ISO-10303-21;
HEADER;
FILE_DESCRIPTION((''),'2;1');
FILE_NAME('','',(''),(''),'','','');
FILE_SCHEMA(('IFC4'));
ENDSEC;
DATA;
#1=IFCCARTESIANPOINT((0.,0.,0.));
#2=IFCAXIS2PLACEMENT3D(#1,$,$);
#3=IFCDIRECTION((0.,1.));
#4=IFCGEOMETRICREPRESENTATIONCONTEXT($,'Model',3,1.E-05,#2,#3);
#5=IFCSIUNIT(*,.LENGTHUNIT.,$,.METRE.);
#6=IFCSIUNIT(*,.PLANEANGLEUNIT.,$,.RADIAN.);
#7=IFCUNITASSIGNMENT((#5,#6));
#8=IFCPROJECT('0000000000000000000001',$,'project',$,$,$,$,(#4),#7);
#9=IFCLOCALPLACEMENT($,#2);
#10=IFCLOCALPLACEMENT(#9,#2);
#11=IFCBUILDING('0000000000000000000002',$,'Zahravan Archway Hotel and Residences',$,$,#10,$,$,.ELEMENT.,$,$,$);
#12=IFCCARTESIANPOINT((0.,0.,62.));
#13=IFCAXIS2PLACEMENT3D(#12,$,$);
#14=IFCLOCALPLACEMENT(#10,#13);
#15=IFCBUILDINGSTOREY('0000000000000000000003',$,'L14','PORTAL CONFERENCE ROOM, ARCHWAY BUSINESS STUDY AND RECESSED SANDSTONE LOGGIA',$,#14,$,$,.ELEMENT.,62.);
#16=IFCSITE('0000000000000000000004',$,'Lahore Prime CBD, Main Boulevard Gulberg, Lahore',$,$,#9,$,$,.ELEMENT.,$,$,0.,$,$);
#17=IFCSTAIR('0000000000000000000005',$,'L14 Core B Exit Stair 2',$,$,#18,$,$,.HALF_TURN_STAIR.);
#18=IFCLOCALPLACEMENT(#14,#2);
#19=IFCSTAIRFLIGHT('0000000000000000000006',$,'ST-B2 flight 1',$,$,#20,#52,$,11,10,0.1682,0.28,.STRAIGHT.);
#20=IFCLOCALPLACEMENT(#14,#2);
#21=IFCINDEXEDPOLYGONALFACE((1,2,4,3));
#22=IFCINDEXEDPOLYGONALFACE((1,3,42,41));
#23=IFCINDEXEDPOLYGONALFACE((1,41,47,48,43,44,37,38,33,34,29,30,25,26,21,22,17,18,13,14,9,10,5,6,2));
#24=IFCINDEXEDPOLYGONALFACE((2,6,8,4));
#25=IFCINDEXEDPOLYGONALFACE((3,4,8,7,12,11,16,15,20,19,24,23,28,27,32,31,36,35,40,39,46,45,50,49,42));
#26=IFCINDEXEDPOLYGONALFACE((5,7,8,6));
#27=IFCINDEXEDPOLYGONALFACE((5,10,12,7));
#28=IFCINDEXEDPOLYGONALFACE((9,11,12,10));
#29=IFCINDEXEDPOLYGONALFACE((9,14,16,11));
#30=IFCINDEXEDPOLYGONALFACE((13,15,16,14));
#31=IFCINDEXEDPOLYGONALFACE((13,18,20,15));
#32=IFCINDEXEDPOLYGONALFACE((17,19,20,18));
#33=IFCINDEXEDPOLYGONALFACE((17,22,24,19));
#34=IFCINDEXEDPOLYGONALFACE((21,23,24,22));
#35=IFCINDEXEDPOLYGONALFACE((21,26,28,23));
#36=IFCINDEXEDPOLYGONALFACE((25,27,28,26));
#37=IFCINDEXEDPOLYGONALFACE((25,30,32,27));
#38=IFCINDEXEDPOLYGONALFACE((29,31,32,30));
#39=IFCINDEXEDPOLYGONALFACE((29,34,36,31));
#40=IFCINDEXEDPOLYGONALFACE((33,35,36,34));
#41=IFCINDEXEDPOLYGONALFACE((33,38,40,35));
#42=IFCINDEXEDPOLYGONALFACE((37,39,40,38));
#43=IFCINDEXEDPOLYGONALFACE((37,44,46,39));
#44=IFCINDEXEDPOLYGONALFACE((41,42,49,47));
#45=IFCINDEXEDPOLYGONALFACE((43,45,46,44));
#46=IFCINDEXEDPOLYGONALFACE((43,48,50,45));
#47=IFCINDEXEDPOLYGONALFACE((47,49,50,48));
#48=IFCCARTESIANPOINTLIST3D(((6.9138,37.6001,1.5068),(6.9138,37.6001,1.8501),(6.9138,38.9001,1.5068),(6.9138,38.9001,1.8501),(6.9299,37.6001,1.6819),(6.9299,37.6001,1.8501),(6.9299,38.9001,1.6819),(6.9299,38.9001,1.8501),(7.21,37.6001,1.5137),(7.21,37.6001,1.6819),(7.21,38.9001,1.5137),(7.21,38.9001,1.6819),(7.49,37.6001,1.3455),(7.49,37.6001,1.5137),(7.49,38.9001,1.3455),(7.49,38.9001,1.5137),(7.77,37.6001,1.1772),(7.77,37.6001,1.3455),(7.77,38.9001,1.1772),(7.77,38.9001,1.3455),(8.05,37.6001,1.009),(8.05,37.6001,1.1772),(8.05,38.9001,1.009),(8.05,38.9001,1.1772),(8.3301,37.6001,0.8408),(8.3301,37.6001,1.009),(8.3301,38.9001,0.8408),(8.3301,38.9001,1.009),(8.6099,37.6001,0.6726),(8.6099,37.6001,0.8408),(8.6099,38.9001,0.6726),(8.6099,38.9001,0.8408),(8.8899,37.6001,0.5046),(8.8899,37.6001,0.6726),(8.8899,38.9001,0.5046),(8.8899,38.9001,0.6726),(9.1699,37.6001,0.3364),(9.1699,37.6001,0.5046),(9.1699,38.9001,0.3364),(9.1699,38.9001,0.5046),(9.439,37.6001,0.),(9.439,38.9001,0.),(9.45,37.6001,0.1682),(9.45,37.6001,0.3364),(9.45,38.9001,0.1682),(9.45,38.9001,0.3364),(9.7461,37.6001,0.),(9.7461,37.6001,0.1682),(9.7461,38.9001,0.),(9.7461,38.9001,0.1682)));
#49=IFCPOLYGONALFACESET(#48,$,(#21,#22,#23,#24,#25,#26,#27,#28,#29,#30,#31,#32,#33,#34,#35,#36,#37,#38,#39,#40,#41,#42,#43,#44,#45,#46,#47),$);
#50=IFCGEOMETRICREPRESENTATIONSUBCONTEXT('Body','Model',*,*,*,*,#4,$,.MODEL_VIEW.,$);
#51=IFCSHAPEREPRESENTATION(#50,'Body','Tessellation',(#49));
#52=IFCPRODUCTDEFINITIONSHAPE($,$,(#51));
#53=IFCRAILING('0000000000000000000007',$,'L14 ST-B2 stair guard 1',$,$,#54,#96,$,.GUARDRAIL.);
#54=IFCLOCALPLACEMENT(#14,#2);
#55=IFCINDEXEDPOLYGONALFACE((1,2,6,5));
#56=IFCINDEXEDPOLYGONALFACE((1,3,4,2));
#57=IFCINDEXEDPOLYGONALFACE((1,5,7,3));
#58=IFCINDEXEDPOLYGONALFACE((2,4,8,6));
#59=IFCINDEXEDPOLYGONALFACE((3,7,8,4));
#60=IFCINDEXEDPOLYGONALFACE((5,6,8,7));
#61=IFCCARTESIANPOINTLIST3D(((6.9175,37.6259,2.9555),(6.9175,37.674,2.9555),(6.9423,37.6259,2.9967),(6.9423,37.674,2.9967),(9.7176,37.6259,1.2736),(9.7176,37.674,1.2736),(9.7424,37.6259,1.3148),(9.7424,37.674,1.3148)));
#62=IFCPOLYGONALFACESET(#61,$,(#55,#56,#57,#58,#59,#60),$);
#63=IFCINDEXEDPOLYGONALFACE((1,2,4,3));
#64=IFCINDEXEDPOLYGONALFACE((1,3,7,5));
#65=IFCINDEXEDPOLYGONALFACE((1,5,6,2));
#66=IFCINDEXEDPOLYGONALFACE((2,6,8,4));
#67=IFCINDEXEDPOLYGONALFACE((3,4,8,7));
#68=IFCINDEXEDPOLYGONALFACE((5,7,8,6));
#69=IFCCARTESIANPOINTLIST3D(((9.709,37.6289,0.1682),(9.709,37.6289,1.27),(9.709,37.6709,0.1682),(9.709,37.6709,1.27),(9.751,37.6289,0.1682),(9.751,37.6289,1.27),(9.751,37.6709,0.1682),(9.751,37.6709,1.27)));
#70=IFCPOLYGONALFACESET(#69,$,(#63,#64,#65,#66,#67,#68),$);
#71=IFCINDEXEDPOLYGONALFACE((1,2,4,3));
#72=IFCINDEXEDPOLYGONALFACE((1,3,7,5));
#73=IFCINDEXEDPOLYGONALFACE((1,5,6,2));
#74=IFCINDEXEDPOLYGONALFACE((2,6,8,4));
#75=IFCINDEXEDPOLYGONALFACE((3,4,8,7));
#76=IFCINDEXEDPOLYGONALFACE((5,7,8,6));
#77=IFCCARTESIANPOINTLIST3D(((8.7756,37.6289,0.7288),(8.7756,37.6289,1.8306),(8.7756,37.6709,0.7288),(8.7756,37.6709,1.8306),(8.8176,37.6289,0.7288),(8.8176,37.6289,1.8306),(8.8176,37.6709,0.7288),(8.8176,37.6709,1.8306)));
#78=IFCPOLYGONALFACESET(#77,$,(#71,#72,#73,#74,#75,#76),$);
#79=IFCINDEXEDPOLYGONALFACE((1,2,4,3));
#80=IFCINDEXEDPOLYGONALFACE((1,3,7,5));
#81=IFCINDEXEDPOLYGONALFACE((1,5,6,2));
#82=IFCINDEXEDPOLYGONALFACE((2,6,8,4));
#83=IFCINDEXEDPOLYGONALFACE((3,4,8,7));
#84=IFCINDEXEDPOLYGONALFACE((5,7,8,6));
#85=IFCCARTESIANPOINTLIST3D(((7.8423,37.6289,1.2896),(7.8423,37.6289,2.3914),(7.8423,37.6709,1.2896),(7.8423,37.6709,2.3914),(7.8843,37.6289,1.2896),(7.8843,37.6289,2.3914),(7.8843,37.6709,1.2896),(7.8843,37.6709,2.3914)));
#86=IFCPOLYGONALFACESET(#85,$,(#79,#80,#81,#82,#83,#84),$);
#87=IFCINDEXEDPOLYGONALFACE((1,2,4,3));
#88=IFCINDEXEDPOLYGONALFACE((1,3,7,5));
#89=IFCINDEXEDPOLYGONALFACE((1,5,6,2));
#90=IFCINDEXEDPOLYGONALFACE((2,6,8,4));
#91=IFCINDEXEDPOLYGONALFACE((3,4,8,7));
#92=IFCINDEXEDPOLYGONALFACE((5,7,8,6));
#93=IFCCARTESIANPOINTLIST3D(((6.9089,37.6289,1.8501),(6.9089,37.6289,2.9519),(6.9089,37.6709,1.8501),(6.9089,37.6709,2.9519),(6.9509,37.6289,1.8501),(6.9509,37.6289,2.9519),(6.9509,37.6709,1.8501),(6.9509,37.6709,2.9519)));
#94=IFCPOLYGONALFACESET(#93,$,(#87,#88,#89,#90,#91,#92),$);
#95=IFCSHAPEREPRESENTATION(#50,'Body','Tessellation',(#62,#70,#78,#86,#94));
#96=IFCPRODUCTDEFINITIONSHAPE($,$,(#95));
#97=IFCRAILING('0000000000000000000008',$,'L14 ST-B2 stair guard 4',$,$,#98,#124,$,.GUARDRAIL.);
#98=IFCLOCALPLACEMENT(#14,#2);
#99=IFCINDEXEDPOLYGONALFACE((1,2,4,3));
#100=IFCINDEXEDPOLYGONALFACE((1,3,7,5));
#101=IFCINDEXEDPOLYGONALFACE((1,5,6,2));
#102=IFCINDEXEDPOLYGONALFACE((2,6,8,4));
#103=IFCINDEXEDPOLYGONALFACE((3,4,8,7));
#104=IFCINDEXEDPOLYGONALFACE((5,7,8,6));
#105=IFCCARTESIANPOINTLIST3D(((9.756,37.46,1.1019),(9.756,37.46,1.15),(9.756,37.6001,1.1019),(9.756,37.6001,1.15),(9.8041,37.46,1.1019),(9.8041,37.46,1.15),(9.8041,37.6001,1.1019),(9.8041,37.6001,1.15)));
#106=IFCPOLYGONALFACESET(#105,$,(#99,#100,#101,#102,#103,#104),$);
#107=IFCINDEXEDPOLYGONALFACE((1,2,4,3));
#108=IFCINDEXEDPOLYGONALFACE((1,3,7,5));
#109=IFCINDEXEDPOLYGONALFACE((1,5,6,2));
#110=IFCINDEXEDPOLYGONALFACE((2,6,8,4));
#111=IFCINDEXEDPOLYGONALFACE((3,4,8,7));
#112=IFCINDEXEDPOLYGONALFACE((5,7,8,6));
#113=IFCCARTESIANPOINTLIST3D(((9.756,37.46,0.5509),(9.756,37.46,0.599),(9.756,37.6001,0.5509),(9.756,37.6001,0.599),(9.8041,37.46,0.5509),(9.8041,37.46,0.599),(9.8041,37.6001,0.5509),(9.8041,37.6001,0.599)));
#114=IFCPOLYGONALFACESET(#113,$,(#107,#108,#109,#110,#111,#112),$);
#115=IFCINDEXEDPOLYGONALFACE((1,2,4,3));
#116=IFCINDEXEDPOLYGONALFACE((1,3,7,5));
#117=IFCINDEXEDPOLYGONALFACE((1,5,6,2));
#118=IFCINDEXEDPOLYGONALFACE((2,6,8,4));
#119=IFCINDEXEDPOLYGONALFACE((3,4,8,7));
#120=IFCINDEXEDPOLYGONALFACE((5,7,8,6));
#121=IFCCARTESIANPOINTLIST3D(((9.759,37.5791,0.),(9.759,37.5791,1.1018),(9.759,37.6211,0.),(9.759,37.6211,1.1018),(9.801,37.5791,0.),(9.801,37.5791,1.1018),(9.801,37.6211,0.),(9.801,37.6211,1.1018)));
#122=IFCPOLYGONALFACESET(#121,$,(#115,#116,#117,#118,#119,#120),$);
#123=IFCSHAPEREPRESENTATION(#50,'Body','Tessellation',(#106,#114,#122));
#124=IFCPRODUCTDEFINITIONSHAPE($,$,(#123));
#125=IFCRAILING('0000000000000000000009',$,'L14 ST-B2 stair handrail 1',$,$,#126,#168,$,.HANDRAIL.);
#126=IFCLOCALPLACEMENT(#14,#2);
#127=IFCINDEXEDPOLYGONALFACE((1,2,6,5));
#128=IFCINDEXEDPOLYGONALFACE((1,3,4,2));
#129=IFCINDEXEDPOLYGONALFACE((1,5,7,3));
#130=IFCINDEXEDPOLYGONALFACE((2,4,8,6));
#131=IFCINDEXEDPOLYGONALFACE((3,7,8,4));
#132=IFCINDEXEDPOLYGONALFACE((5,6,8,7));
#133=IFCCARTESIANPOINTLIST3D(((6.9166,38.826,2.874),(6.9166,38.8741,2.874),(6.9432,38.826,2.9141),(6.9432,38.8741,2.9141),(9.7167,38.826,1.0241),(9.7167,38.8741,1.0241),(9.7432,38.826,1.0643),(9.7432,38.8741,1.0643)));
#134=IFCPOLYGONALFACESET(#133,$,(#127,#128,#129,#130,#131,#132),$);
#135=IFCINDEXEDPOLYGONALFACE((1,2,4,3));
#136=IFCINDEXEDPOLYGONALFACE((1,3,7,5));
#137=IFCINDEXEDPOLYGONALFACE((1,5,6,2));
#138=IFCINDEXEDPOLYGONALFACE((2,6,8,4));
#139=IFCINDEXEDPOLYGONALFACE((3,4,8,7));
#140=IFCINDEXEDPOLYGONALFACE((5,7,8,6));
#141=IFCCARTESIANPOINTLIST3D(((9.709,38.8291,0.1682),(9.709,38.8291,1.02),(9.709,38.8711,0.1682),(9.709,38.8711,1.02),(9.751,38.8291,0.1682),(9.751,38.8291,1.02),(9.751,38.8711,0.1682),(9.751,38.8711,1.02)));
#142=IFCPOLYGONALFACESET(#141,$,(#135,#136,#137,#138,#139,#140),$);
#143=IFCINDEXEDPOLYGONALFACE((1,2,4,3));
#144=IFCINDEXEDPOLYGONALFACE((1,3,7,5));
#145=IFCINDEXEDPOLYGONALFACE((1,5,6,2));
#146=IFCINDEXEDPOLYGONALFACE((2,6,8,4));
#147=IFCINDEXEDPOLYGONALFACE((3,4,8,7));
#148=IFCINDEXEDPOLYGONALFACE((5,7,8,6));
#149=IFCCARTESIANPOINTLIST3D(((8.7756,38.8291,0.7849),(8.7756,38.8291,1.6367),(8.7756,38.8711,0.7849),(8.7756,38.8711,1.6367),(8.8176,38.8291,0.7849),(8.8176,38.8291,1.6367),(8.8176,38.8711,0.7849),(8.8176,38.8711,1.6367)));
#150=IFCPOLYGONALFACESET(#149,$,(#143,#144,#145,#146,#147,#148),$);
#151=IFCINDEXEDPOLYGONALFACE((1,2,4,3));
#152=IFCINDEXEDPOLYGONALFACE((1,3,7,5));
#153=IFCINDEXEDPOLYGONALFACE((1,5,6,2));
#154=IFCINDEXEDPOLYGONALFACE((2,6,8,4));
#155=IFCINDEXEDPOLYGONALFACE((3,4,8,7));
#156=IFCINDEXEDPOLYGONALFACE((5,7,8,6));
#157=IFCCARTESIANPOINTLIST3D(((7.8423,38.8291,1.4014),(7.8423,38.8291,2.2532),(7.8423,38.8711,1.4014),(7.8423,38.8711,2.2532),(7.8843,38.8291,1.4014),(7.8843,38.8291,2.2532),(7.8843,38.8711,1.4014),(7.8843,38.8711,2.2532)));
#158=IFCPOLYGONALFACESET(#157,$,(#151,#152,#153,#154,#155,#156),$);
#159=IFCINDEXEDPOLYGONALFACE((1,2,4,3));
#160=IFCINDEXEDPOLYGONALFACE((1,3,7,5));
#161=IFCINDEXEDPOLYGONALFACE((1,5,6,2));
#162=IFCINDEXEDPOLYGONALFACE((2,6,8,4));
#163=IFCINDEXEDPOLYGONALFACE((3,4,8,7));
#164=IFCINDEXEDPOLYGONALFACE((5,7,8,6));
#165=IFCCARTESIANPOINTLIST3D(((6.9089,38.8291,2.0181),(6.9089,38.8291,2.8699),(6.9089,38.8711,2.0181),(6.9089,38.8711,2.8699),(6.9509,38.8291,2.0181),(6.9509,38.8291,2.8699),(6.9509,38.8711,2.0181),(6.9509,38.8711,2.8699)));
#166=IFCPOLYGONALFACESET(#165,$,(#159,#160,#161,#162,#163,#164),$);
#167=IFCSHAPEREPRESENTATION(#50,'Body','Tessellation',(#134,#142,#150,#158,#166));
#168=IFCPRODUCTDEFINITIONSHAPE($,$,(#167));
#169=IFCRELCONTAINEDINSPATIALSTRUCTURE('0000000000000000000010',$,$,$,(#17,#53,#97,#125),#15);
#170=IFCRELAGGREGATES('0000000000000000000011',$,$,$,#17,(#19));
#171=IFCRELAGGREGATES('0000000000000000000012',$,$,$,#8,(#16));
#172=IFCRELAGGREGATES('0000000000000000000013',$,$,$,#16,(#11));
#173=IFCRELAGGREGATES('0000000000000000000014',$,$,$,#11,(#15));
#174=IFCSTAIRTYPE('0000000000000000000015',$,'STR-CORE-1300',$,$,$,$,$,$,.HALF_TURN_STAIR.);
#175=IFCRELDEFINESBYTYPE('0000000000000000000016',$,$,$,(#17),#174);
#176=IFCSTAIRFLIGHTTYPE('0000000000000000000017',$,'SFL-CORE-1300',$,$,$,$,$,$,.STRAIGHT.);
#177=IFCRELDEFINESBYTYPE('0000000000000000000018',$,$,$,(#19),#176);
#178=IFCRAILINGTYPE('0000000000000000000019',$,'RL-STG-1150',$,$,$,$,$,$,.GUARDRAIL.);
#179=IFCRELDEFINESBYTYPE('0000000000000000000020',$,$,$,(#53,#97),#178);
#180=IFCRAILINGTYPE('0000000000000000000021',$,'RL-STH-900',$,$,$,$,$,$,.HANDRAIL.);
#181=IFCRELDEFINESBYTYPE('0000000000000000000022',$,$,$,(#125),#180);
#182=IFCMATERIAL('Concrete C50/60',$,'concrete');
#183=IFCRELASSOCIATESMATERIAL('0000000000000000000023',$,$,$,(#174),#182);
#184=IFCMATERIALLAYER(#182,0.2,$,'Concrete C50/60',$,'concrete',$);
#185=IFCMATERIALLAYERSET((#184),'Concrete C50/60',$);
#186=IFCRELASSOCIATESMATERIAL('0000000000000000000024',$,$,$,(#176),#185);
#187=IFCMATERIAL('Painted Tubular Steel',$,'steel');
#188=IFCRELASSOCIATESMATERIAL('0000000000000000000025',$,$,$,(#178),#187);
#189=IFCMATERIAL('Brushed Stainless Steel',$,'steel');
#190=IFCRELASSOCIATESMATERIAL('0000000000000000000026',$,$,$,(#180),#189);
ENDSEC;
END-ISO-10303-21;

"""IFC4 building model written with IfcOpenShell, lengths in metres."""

from ifc_helpers import new_model, si_unit, direction, frame, origin, origin_2d, place, context, subcontext, project, spatial, polyline, rectangle, outline, extrude, source, transform, mapped, material, layer, layer_set, type_object, element, aggregate, save


model = new_model("IFC4")

# Units and contexts
model_context = context("Model", 3, precision=1e-05, world=origin(), true_north=direction((0.0, 1.0)))
body_context = subcontext(model_context, "Body", "Model", "MODEL_VIEW")
ifc_project = project(units=[si_unit("LENGTHUNIT", "METRE"), si_unit("PLANEANGLEUNIT", "RADIAN")], contexts=[model_context])

# Site, building, storey
site_placement = place(None, origin())
site = spatial("IfcSite", under=ifc_project, at=site_placement, Name="Lahore Prime CBD, Main Boulevard Gulberg, Lahore", CompositionType="ELEMENT", RefElevation=0.0)
building_placement = place(site_placement, origin())
building = spatial("IfcBuilding", under=site, at=building_placement, Name="Zahravan Archway Hotel and Residences", CompositionType="ELEMENT")
storey_placement = place(building_placement, frame((0.0, 0.0, 62.0)))
storey = spatial("IfcBuildingStorey", under=building, at=storey_placement, Name="L14", Description="PORTAL CONFERENCE ROOM, ARCHWAY BUSINESS STUDY AND RECESSED SANDSTONE LOGGIA", CompositionType="ELEMENT", Elevation=62.0)

# Shared definitions
ifc_material_1 = material(Name="Concrete C50/60", Category="concrete")

# Stair, stair flight
stair_type = type_object("IfcStairType", Name="STR-CORE-1300", PredefinedType="HALF_TURN_STAIR", material=ifc_material_1)
stair_placement = place(storey_placement, origin())
stair = element("IfcStair", 1, at=stair_placement, inside=storey, type_object=stair_type, Name="L14 Core B Exit Stair 2", PredefinedType="HALF_TURN_STAIR")
ifc_layer_1 = layer(ifc_material_1, 0.2, Name="Concrete C50/60", Category="concrete")
ifc_layer_set_1 = layer_set([ifc_layer_1], Name="Concrete C50/60")
stair_flight_type = type_object("IfcStairFlightType", Name="SFL-CORE-1300", PredefinedType="STRAIGHT", material=ifc_layer_set_1)
shared_shape_1 = source(origin(), body_context, "Body", "SweptSolid", [
    extrude(outline(polyline([(-0.0161, 0.0), (-0.0161, 0.1682), (0.28, 0.1682), (0.28, 0.3364), (0.5601, 0.3364), (0.5601, 0.5046), (0.8401, 0.5046), (0.8401, 0.6726), (1.1201, 0.6726), (1.1201, 0.8408), (1.3999, 0.8408), (1.3999, 1.009), (1.6799, 1.009), (1.6799, 1.1772), (1.96, 1.1772), (1.96, 1.3455), (2.24, 1.3455), (2.24, 1.5137), (2.52, 1.5137), (2.52, 1.6819), (2.8, 1.6819), (2.8, 1.8501), (2.8162, 1.8501), (2.8162, 1.5068), (0.291, 0.0), (-0.0161, 0.0)])), frame((0.0, 0.6499, 0.0), z_axis=(0.0, -1.0, 0.0), x_axis=(1.0, 0.0, 0.0)), (0.0, 0.0, 1.0), 1.3),
])
stair_flight_placement = place(storey_placement, frame((9.73, 38.25, 0.0), z_axis=(0.0, 0.0, 1.0), x_axis=(-1.0, 0.0, 0.0)))
stair_flight = element("IfcStairFlight", 2, at=stair_flight_placement, type_object=stair_flight_type, Name="ST-B2 flight 1", NumberOfRisers=11, NumberOfTreads=10, PredefinedType="STRAIGHT", RiserHeight=0.1682, TreadLength=0.28, context=body_context, shape_type="MappedRepresentation", body=[
    mapped(shared_shape_1, transform((0.0, 0.0, 0.0), scale=1.0)),
])
aggregate(stair, [stair_flight])

# Railings
ifc_material_2 = material(Name="Painted Tubular Steel", Category="steel")
railing_type_1 = type_object("IfcRailingType", Name="RL-STG-1150", PredefinedType="GUARDRAIL", material=ifc_material_2)
railing_1_placement = place(storey_placement, frame((9.73, 37.6499, 0.1682)))
element("IfcRailing", 3, at=railing_1_placement, inside=storey, type_object=railing_type_1, Name="L14 ST-B2 stair guard 1", PredefinedType="GUARDRAIL", context=body_context, shape_type="SweptSolid", body=[
    extrude(rectangle(XDim=0.0481, YDim=0.0481, at=origin_2d()), frame((0.0, 0.0, 1.126), z_axis=(-0.857242, 0.0, 0.514913), x_axis=(0.0, -1.0, 0.0)), (0.0, 0.0, 1.0), 3.2664),
    extrude(rectangle(XDim=0.042, YDim=0.042, at=origin_2d()), origin(), (0.0, 0.0, 1.0), 1.1018),
    extrude(rectangle(XDim=0.042, YDim=0.042, at=origin_2d()), frame((-0.9333, 0.0, 0.5605)), (0.0, 0.0, 1.0), 1.1018),
    extrude(rectangle(XDim=0.042, YDim=0.042, at=origin_2d()), frame((-1.8667, 0.0, 1.1213)), (0.0, 0.0, 1.0), 1.1018),
    extrude(rectangle(XDim=0.042, YDim=0.042, at=origin_2d()), frame((-2.8, 0.0, 1.6819)), (0.0, 0.0, 1.0), 1.1018),
])
railing_2_placement = place(storey_placement, frame((9.78, 37.6001, 0.0)))
element("IfcRailing", 4, at=railing_2_placement, inside=storey, type_object=railing_type_1, Name="L14 ST-B2 stair guard 4", PredefinedType="GUARDRAIL", context=body_context, shape_type="SweptSolid", body=[
    extrude(rectangle(XDim=0.0481, YDim=0.0481, at=origin_2d()), frame((0.0, 0.0, 1.126), z_axis=(0.0, -1.0, 0.0), x_axis=(1.0, 0.0, 0.0)), (0.0, 0.0, 1.0), 0.1401),
    extrude(rectangle(XDim=0.0481, YDim=0.0481, at=origin_2d()), frame((0.0, 0.0, 0.575), z_axis=(0.0, -1.0, 0.0), x_axis=(1.0, 0.0, 0.0)), (0.0, 0.0, 1.0), 0.1401),
    extrude(rectangle(XDim=0.042, YDim=0.042, at=origin_2d()), origin(), (0.0, 0.0, 1.0), 1.1018),
])
ifc_material_3 = material(Name="Brushed Stainless Steel", Category="steel")
railing_type_2 = type_object("IfcRailingType", Name="RL-STH-900", PredefinedType="HANDRAIL", material=ifc_material_3)
railing_3_placement = place(storey_placement, frame((9.73, 38.8501, 0.1682)))
element("IfcRailing", 5, at=railing_3_placement, inside=storey, type_object=railing_type_2, Name="L14 ST-B2 stair handrail 1", PredefinedType="HANDRAIL", context=body_context, shape_type="SweptSolid", body=[
    extrude(rectangle(XDim=0.0481, YDim=0.0481, at=origin_2d()), frame((0.0, 0.0, 0.876), z_axis=(-0.83436, 0.0, 0.55122), x_axis=(0.0, -1.0, 0.0)), (0.0, 0.0, 1.0), 3.356),
    extrude(rectangle(XDim=0.042, YDim=0.042, at=origin_2d()), origin(), (0.0, 0.0, 1.0), 0.8518),
    extrude(rectangle(XDim=0.042, YDim=0.042, at=origin_2d()), frame((-0.9333, 0.0, 0.6167)), (0.0, 0.0, 1.0), 0.8518),
    extrude(rectangle(XDim=0.042, YDim=0.042, at=origin_2d()), frame((-1.8667, 0.0, 1.2332)), (0.0, 0.0, 1.0), 0.8518),
    extrude(rectangle(XDim=0.042, YDim=0.042, at=origin_2d()), frame((-2.8, 0.0, 1.8499)), (0.0, 0.0, 1.0), 0.8518),
])

save(model, "model.ifc")
